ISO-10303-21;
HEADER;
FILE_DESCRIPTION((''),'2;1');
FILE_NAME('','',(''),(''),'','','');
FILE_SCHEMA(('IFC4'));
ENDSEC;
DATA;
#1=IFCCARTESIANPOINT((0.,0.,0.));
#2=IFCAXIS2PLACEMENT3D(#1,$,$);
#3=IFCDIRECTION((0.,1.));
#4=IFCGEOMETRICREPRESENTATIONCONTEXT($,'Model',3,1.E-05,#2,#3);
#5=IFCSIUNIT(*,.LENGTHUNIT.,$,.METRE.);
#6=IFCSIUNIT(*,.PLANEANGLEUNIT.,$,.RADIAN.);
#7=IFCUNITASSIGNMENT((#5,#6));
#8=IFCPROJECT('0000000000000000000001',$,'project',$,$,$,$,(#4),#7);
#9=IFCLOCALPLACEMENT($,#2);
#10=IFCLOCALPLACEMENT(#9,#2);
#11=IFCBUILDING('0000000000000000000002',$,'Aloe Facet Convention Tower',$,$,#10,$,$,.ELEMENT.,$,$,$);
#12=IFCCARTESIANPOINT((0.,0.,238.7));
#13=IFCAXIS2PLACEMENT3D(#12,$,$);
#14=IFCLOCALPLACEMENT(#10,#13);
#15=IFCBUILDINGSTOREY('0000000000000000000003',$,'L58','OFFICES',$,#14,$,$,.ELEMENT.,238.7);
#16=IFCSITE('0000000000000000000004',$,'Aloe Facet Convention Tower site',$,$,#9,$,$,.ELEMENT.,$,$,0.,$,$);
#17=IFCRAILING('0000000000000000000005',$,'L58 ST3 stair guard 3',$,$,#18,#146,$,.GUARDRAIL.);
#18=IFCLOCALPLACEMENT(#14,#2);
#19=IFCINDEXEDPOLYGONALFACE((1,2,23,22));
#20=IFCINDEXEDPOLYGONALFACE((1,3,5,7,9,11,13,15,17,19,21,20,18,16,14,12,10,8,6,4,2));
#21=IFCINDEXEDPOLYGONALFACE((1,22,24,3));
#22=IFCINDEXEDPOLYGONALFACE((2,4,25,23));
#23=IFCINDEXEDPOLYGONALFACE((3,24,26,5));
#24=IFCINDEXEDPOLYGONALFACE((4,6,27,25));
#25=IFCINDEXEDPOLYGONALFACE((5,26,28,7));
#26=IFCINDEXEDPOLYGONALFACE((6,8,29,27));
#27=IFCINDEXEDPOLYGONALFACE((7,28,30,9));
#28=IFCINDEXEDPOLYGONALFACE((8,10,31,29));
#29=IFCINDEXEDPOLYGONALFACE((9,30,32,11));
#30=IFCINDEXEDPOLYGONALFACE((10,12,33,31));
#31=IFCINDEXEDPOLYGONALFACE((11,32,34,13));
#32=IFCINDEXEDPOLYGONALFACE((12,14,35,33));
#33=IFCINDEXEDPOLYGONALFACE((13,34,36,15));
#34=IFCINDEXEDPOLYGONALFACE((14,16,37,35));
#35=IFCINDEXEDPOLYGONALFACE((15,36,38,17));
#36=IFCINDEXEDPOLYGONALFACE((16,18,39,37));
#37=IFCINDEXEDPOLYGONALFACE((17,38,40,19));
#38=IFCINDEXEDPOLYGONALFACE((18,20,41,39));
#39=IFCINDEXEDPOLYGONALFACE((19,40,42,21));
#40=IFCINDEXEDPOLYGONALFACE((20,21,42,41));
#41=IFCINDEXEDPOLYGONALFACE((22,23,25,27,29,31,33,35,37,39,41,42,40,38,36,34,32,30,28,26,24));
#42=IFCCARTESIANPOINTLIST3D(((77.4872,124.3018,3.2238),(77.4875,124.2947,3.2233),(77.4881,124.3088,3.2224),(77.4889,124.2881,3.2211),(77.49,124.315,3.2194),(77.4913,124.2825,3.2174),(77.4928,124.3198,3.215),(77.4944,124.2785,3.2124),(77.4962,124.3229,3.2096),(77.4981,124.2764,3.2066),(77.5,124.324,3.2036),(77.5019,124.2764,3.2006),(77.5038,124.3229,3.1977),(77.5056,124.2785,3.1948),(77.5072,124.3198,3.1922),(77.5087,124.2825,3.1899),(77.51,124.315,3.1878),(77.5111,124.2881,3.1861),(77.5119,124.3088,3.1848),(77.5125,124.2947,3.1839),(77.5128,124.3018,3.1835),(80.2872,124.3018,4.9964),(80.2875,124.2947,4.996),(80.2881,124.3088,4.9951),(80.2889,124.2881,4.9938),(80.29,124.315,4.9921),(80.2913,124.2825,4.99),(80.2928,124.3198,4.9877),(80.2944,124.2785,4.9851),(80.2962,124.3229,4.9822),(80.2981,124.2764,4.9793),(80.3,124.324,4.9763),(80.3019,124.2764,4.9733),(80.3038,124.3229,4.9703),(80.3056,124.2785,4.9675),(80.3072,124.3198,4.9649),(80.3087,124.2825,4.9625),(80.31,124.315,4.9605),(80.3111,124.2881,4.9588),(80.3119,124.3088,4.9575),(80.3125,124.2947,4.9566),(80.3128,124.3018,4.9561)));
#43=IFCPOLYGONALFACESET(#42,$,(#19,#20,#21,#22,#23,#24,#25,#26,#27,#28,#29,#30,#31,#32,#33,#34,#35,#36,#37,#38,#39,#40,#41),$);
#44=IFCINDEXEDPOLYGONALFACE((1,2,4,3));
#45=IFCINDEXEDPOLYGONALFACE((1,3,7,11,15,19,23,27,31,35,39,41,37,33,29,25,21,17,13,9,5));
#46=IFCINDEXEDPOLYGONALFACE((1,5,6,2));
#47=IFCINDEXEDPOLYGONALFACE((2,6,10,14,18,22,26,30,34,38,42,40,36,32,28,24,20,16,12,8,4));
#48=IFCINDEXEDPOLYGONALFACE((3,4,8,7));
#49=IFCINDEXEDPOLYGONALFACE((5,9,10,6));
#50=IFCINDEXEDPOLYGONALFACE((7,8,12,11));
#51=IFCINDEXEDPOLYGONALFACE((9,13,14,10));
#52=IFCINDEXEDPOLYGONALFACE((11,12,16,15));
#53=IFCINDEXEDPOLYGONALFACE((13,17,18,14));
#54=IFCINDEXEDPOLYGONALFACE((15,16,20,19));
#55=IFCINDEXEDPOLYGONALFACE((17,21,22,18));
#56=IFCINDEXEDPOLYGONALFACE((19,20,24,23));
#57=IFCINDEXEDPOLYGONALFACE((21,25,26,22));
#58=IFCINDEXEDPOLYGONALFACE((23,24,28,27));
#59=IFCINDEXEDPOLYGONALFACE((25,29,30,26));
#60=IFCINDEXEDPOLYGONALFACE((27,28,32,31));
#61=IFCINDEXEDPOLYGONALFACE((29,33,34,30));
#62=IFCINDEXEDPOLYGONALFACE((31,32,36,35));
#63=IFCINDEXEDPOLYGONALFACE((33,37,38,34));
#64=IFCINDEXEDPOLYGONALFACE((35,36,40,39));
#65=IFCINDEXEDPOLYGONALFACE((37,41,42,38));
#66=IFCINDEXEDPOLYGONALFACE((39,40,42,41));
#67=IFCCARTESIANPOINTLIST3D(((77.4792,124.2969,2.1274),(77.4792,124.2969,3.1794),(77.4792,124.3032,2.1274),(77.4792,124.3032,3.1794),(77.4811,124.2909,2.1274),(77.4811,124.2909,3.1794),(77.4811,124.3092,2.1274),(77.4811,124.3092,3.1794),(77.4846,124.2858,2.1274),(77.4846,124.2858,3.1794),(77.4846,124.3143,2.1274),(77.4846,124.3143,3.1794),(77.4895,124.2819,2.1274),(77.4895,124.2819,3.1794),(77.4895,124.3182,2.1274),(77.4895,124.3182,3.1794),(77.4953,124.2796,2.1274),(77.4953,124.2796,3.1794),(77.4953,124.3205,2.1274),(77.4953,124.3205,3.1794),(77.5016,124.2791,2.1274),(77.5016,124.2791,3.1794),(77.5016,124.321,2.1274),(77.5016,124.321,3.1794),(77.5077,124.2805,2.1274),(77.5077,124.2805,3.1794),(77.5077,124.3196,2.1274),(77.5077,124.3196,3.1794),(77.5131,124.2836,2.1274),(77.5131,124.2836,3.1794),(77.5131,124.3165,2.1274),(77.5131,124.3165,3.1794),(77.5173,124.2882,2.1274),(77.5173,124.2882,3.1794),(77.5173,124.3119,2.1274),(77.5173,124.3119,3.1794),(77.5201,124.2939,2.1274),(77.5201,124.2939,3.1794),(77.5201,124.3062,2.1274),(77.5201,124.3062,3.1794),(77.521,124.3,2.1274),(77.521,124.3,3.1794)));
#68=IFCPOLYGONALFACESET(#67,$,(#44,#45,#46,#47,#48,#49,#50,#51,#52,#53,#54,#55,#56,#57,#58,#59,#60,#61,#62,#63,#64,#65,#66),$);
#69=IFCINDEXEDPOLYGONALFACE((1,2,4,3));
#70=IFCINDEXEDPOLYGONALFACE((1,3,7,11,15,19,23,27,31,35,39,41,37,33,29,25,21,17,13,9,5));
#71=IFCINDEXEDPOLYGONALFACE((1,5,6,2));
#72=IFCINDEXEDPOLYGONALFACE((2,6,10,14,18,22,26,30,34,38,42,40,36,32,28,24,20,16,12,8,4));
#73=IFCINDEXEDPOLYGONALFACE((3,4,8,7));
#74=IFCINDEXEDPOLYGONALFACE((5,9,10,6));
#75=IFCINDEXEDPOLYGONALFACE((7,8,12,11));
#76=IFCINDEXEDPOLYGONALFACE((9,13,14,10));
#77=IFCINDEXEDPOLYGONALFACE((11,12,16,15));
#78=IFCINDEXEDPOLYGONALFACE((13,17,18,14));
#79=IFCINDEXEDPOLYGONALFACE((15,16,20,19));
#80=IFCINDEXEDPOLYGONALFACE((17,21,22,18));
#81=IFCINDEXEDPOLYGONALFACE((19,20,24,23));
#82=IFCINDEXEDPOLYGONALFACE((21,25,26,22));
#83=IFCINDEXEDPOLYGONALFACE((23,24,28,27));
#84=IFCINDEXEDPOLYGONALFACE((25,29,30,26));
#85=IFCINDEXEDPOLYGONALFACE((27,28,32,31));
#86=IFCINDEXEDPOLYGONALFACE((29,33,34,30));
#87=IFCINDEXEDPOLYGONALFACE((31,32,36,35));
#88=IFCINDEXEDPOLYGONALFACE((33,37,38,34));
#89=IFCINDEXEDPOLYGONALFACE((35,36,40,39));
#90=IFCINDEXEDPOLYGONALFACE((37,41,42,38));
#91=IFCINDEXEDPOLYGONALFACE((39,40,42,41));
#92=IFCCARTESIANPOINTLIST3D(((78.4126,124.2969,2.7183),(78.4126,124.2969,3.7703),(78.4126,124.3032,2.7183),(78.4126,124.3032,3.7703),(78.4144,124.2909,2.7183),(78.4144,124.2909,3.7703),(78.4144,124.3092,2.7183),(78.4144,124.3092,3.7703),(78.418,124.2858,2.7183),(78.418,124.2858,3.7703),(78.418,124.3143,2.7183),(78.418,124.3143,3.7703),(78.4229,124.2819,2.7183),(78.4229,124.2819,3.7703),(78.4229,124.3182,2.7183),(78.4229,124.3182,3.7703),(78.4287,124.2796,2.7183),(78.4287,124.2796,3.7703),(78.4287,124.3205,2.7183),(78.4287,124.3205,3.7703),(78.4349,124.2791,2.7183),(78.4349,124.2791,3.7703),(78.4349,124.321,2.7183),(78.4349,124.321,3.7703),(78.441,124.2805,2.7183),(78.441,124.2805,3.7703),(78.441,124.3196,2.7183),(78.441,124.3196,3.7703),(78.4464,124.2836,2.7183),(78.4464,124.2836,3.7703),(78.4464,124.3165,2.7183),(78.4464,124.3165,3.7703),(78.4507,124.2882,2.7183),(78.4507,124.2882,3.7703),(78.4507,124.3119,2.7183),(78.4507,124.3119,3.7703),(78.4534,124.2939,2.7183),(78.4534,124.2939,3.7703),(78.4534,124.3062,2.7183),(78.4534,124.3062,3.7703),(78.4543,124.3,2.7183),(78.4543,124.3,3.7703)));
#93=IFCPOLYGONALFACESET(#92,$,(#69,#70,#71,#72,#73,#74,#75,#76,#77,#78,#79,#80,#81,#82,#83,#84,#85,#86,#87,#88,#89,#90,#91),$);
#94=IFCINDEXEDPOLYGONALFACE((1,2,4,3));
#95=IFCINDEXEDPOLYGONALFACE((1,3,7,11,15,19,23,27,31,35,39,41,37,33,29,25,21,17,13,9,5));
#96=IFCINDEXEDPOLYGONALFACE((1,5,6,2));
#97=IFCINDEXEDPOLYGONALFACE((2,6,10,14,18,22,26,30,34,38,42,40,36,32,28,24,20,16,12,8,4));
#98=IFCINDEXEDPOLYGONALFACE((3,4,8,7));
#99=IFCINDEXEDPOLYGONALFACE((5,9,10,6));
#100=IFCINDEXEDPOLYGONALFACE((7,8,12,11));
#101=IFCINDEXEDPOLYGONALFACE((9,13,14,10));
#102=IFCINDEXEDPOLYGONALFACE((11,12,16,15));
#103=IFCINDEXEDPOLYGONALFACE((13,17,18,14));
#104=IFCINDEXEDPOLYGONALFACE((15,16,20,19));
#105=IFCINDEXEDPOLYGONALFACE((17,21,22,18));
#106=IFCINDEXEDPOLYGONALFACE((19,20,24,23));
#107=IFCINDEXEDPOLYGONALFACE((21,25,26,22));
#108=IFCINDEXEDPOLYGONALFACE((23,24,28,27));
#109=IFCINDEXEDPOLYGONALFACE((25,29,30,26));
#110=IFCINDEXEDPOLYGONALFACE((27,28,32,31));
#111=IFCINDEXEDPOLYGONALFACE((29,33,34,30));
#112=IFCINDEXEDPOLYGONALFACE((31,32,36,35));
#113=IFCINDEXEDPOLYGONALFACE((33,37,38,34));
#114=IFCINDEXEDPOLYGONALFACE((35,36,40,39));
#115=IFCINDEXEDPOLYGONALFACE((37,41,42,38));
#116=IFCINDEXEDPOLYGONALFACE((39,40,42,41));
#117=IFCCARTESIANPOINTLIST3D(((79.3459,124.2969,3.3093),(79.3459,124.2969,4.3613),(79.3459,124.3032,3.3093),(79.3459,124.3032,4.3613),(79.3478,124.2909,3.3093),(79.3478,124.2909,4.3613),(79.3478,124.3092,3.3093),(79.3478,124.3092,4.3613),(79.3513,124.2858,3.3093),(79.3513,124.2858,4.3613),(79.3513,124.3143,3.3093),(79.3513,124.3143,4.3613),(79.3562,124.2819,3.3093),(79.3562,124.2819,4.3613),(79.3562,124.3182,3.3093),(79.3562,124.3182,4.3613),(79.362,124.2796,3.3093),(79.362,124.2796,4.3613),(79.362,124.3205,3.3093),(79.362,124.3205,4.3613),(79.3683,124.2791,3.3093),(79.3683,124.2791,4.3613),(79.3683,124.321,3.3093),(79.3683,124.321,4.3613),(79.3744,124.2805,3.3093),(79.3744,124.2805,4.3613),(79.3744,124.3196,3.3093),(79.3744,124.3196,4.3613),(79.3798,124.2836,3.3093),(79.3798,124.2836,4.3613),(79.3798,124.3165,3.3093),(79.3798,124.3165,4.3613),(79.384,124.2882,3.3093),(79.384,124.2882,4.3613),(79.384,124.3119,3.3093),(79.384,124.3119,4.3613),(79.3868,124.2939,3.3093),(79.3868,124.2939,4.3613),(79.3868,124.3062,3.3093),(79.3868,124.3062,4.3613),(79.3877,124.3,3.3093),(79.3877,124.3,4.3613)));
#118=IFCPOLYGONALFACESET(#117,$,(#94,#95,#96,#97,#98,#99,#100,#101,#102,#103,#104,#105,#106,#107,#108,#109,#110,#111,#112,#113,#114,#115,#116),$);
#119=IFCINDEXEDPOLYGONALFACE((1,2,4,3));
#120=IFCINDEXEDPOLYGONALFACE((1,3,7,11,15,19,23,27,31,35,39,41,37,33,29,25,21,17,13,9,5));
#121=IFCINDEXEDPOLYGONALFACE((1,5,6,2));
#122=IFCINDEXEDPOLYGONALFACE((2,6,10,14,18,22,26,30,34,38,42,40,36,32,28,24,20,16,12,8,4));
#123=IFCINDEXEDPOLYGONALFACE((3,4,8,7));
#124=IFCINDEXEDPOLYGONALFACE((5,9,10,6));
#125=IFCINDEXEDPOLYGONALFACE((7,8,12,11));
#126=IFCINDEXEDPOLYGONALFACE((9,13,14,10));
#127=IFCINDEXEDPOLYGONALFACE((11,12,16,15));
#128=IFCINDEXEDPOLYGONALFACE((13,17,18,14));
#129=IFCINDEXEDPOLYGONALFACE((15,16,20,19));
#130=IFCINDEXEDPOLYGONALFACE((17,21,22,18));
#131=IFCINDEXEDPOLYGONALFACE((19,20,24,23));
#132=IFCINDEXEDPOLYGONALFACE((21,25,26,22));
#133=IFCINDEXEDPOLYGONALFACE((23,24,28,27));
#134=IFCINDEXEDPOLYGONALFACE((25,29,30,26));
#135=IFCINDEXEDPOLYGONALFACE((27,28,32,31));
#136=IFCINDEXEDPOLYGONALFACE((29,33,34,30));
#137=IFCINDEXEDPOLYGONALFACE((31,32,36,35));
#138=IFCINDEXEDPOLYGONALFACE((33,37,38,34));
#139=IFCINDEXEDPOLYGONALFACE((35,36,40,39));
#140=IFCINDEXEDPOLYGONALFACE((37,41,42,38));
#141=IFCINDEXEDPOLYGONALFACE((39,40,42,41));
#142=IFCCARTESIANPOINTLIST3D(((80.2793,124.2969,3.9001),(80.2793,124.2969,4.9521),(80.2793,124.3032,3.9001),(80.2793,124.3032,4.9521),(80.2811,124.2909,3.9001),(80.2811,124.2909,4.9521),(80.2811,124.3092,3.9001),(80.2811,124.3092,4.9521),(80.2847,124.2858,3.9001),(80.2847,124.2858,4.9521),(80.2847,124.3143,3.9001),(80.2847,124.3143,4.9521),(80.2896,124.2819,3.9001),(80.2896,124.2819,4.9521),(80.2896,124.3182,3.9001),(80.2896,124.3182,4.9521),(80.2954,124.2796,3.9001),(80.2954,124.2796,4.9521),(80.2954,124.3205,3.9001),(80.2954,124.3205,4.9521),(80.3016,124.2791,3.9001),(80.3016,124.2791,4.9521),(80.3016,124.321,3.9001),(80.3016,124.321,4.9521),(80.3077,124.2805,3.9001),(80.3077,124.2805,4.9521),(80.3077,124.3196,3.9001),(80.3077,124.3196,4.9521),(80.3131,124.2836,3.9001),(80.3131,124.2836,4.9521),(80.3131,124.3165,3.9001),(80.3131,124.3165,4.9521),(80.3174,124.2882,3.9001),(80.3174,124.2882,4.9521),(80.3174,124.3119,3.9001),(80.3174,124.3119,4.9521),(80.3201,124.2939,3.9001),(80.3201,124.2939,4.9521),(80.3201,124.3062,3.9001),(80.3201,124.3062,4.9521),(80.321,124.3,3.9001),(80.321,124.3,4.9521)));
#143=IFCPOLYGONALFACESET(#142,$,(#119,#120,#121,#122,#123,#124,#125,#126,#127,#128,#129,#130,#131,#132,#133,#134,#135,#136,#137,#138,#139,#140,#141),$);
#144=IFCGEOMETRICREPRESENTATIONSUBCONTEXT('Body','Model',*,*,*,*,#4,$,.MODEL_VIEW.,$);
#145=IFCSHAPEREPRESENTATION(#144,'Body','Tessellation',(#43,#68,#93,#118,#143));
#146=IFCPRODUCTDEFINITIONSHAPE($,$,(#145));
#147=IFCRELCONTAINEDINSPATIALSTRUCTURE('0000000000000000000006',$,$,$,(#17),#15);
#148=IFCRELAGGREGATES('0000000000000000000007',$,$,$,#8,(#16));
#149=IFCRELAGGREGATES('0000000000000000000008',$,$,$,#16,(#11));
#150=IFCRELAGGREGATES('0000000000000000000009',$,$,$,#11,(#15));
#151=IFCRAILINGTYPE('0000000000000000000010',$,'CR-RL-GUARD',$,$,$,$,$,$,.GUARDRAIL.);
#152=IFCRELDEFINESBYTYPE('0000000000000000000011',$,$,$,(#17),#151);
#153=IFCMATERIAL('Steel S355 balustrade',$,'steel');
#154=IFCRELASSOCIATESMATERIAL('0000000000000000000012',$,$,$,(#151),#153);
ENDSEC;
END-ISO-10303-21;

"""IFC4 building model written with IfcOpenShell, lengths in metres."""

from ifc_helpers import new_model, si_unit, direction, frame, origin, origin_2d, place, context, subcontext, project, spatial, circle, extrude, material, type_object, element, save


model = new_model("IFC4")

# Units and contexts
model_context = context("Model", 3, precision=1e-05, world=origin(), true_north=direction((0.0, 1.0)))
body_context = subcontext(model_context, "Body", "Model", "MODEL_VIEW")
ifc_project = project(units=[si_unit("LENGTHUNIT", "METRE"), si_unit("PLANEANGLEUNIT", "RADIAN")], contexts=[model_context])

# Site, building, storey
site_placement = place(None, origin())
site = spatial("IfcSite", under=ifc_project, at=site_placement, Name="Aloe Facet Convention Tower site", CompositionType="ELEMENT", RefElevation=0.0)
building_placement = place(site_placement, origin())
building = spatial("IfcBuilding", under=site, at=building_placement, Name="Aloe Facet Convention Tower", CompositionType="ELEMENT")
storey_placement = place(building_placement, frame((0.0, 0.0, 238.7)))
storey = spatial("IfcBuildingStorey", under=building, at=storey_placement, Name="L58", Description="OFFICES", CompositionType="ELEMENT", Elevation=238.7)

# Railing
ifc_material_1 = material(Name="Steel S355 balustrade", Category="steel")
railing_type_1 = type_object("IfcRailingType", Name="CR-RL-GUARD", PredefinedType="GUARDRAIL", material=ifc_material_1)
railing_1_placement = place(storey_placement, frame((77.5, 124.3, 2.1274)))
element("IfcRailing", 1, at=railing_1_placement, inside=storey, type_object=railing_type_1, Name="L58 ST3 stair guard 3", PredefinedType="GUARDRAIL", context=body_context, shape_type="SweptSolid", body=[
    extrude(circle(Radius=0.0239, at=origin_2d()), frame((0.0, 0.0, 1.0762), z_axis=(0.844909, 0.0, 0.53491), x_axis=(0.0, 1.0, 0.0)), (0.0, 0.0, 1.0), 3.314),
    extrude(circle(Radius=0.021, at=origin_2d()), origin(), (0.0, 0.0, 1.0), 1.052),
    extrude(circle(Radius=0.021, at=origin_2d()), frame((0.9333, 0.0, 0.5908)), (0.0, 0.0, 1.0), 1.052),
    extrude(circle(Radius=0.021, at=origin_2d()), frame((1.8667, 0.0, 1.1819)), (0.0, 0.0, 1.0), 1.052),
    extrude(circle(Radius=0.021, at=origin_2d()), frame((2.8, 0.0, 1.7727)), (0.0, 0.0, 1.0), 1.052),
])

save(model, "model.ifc")
